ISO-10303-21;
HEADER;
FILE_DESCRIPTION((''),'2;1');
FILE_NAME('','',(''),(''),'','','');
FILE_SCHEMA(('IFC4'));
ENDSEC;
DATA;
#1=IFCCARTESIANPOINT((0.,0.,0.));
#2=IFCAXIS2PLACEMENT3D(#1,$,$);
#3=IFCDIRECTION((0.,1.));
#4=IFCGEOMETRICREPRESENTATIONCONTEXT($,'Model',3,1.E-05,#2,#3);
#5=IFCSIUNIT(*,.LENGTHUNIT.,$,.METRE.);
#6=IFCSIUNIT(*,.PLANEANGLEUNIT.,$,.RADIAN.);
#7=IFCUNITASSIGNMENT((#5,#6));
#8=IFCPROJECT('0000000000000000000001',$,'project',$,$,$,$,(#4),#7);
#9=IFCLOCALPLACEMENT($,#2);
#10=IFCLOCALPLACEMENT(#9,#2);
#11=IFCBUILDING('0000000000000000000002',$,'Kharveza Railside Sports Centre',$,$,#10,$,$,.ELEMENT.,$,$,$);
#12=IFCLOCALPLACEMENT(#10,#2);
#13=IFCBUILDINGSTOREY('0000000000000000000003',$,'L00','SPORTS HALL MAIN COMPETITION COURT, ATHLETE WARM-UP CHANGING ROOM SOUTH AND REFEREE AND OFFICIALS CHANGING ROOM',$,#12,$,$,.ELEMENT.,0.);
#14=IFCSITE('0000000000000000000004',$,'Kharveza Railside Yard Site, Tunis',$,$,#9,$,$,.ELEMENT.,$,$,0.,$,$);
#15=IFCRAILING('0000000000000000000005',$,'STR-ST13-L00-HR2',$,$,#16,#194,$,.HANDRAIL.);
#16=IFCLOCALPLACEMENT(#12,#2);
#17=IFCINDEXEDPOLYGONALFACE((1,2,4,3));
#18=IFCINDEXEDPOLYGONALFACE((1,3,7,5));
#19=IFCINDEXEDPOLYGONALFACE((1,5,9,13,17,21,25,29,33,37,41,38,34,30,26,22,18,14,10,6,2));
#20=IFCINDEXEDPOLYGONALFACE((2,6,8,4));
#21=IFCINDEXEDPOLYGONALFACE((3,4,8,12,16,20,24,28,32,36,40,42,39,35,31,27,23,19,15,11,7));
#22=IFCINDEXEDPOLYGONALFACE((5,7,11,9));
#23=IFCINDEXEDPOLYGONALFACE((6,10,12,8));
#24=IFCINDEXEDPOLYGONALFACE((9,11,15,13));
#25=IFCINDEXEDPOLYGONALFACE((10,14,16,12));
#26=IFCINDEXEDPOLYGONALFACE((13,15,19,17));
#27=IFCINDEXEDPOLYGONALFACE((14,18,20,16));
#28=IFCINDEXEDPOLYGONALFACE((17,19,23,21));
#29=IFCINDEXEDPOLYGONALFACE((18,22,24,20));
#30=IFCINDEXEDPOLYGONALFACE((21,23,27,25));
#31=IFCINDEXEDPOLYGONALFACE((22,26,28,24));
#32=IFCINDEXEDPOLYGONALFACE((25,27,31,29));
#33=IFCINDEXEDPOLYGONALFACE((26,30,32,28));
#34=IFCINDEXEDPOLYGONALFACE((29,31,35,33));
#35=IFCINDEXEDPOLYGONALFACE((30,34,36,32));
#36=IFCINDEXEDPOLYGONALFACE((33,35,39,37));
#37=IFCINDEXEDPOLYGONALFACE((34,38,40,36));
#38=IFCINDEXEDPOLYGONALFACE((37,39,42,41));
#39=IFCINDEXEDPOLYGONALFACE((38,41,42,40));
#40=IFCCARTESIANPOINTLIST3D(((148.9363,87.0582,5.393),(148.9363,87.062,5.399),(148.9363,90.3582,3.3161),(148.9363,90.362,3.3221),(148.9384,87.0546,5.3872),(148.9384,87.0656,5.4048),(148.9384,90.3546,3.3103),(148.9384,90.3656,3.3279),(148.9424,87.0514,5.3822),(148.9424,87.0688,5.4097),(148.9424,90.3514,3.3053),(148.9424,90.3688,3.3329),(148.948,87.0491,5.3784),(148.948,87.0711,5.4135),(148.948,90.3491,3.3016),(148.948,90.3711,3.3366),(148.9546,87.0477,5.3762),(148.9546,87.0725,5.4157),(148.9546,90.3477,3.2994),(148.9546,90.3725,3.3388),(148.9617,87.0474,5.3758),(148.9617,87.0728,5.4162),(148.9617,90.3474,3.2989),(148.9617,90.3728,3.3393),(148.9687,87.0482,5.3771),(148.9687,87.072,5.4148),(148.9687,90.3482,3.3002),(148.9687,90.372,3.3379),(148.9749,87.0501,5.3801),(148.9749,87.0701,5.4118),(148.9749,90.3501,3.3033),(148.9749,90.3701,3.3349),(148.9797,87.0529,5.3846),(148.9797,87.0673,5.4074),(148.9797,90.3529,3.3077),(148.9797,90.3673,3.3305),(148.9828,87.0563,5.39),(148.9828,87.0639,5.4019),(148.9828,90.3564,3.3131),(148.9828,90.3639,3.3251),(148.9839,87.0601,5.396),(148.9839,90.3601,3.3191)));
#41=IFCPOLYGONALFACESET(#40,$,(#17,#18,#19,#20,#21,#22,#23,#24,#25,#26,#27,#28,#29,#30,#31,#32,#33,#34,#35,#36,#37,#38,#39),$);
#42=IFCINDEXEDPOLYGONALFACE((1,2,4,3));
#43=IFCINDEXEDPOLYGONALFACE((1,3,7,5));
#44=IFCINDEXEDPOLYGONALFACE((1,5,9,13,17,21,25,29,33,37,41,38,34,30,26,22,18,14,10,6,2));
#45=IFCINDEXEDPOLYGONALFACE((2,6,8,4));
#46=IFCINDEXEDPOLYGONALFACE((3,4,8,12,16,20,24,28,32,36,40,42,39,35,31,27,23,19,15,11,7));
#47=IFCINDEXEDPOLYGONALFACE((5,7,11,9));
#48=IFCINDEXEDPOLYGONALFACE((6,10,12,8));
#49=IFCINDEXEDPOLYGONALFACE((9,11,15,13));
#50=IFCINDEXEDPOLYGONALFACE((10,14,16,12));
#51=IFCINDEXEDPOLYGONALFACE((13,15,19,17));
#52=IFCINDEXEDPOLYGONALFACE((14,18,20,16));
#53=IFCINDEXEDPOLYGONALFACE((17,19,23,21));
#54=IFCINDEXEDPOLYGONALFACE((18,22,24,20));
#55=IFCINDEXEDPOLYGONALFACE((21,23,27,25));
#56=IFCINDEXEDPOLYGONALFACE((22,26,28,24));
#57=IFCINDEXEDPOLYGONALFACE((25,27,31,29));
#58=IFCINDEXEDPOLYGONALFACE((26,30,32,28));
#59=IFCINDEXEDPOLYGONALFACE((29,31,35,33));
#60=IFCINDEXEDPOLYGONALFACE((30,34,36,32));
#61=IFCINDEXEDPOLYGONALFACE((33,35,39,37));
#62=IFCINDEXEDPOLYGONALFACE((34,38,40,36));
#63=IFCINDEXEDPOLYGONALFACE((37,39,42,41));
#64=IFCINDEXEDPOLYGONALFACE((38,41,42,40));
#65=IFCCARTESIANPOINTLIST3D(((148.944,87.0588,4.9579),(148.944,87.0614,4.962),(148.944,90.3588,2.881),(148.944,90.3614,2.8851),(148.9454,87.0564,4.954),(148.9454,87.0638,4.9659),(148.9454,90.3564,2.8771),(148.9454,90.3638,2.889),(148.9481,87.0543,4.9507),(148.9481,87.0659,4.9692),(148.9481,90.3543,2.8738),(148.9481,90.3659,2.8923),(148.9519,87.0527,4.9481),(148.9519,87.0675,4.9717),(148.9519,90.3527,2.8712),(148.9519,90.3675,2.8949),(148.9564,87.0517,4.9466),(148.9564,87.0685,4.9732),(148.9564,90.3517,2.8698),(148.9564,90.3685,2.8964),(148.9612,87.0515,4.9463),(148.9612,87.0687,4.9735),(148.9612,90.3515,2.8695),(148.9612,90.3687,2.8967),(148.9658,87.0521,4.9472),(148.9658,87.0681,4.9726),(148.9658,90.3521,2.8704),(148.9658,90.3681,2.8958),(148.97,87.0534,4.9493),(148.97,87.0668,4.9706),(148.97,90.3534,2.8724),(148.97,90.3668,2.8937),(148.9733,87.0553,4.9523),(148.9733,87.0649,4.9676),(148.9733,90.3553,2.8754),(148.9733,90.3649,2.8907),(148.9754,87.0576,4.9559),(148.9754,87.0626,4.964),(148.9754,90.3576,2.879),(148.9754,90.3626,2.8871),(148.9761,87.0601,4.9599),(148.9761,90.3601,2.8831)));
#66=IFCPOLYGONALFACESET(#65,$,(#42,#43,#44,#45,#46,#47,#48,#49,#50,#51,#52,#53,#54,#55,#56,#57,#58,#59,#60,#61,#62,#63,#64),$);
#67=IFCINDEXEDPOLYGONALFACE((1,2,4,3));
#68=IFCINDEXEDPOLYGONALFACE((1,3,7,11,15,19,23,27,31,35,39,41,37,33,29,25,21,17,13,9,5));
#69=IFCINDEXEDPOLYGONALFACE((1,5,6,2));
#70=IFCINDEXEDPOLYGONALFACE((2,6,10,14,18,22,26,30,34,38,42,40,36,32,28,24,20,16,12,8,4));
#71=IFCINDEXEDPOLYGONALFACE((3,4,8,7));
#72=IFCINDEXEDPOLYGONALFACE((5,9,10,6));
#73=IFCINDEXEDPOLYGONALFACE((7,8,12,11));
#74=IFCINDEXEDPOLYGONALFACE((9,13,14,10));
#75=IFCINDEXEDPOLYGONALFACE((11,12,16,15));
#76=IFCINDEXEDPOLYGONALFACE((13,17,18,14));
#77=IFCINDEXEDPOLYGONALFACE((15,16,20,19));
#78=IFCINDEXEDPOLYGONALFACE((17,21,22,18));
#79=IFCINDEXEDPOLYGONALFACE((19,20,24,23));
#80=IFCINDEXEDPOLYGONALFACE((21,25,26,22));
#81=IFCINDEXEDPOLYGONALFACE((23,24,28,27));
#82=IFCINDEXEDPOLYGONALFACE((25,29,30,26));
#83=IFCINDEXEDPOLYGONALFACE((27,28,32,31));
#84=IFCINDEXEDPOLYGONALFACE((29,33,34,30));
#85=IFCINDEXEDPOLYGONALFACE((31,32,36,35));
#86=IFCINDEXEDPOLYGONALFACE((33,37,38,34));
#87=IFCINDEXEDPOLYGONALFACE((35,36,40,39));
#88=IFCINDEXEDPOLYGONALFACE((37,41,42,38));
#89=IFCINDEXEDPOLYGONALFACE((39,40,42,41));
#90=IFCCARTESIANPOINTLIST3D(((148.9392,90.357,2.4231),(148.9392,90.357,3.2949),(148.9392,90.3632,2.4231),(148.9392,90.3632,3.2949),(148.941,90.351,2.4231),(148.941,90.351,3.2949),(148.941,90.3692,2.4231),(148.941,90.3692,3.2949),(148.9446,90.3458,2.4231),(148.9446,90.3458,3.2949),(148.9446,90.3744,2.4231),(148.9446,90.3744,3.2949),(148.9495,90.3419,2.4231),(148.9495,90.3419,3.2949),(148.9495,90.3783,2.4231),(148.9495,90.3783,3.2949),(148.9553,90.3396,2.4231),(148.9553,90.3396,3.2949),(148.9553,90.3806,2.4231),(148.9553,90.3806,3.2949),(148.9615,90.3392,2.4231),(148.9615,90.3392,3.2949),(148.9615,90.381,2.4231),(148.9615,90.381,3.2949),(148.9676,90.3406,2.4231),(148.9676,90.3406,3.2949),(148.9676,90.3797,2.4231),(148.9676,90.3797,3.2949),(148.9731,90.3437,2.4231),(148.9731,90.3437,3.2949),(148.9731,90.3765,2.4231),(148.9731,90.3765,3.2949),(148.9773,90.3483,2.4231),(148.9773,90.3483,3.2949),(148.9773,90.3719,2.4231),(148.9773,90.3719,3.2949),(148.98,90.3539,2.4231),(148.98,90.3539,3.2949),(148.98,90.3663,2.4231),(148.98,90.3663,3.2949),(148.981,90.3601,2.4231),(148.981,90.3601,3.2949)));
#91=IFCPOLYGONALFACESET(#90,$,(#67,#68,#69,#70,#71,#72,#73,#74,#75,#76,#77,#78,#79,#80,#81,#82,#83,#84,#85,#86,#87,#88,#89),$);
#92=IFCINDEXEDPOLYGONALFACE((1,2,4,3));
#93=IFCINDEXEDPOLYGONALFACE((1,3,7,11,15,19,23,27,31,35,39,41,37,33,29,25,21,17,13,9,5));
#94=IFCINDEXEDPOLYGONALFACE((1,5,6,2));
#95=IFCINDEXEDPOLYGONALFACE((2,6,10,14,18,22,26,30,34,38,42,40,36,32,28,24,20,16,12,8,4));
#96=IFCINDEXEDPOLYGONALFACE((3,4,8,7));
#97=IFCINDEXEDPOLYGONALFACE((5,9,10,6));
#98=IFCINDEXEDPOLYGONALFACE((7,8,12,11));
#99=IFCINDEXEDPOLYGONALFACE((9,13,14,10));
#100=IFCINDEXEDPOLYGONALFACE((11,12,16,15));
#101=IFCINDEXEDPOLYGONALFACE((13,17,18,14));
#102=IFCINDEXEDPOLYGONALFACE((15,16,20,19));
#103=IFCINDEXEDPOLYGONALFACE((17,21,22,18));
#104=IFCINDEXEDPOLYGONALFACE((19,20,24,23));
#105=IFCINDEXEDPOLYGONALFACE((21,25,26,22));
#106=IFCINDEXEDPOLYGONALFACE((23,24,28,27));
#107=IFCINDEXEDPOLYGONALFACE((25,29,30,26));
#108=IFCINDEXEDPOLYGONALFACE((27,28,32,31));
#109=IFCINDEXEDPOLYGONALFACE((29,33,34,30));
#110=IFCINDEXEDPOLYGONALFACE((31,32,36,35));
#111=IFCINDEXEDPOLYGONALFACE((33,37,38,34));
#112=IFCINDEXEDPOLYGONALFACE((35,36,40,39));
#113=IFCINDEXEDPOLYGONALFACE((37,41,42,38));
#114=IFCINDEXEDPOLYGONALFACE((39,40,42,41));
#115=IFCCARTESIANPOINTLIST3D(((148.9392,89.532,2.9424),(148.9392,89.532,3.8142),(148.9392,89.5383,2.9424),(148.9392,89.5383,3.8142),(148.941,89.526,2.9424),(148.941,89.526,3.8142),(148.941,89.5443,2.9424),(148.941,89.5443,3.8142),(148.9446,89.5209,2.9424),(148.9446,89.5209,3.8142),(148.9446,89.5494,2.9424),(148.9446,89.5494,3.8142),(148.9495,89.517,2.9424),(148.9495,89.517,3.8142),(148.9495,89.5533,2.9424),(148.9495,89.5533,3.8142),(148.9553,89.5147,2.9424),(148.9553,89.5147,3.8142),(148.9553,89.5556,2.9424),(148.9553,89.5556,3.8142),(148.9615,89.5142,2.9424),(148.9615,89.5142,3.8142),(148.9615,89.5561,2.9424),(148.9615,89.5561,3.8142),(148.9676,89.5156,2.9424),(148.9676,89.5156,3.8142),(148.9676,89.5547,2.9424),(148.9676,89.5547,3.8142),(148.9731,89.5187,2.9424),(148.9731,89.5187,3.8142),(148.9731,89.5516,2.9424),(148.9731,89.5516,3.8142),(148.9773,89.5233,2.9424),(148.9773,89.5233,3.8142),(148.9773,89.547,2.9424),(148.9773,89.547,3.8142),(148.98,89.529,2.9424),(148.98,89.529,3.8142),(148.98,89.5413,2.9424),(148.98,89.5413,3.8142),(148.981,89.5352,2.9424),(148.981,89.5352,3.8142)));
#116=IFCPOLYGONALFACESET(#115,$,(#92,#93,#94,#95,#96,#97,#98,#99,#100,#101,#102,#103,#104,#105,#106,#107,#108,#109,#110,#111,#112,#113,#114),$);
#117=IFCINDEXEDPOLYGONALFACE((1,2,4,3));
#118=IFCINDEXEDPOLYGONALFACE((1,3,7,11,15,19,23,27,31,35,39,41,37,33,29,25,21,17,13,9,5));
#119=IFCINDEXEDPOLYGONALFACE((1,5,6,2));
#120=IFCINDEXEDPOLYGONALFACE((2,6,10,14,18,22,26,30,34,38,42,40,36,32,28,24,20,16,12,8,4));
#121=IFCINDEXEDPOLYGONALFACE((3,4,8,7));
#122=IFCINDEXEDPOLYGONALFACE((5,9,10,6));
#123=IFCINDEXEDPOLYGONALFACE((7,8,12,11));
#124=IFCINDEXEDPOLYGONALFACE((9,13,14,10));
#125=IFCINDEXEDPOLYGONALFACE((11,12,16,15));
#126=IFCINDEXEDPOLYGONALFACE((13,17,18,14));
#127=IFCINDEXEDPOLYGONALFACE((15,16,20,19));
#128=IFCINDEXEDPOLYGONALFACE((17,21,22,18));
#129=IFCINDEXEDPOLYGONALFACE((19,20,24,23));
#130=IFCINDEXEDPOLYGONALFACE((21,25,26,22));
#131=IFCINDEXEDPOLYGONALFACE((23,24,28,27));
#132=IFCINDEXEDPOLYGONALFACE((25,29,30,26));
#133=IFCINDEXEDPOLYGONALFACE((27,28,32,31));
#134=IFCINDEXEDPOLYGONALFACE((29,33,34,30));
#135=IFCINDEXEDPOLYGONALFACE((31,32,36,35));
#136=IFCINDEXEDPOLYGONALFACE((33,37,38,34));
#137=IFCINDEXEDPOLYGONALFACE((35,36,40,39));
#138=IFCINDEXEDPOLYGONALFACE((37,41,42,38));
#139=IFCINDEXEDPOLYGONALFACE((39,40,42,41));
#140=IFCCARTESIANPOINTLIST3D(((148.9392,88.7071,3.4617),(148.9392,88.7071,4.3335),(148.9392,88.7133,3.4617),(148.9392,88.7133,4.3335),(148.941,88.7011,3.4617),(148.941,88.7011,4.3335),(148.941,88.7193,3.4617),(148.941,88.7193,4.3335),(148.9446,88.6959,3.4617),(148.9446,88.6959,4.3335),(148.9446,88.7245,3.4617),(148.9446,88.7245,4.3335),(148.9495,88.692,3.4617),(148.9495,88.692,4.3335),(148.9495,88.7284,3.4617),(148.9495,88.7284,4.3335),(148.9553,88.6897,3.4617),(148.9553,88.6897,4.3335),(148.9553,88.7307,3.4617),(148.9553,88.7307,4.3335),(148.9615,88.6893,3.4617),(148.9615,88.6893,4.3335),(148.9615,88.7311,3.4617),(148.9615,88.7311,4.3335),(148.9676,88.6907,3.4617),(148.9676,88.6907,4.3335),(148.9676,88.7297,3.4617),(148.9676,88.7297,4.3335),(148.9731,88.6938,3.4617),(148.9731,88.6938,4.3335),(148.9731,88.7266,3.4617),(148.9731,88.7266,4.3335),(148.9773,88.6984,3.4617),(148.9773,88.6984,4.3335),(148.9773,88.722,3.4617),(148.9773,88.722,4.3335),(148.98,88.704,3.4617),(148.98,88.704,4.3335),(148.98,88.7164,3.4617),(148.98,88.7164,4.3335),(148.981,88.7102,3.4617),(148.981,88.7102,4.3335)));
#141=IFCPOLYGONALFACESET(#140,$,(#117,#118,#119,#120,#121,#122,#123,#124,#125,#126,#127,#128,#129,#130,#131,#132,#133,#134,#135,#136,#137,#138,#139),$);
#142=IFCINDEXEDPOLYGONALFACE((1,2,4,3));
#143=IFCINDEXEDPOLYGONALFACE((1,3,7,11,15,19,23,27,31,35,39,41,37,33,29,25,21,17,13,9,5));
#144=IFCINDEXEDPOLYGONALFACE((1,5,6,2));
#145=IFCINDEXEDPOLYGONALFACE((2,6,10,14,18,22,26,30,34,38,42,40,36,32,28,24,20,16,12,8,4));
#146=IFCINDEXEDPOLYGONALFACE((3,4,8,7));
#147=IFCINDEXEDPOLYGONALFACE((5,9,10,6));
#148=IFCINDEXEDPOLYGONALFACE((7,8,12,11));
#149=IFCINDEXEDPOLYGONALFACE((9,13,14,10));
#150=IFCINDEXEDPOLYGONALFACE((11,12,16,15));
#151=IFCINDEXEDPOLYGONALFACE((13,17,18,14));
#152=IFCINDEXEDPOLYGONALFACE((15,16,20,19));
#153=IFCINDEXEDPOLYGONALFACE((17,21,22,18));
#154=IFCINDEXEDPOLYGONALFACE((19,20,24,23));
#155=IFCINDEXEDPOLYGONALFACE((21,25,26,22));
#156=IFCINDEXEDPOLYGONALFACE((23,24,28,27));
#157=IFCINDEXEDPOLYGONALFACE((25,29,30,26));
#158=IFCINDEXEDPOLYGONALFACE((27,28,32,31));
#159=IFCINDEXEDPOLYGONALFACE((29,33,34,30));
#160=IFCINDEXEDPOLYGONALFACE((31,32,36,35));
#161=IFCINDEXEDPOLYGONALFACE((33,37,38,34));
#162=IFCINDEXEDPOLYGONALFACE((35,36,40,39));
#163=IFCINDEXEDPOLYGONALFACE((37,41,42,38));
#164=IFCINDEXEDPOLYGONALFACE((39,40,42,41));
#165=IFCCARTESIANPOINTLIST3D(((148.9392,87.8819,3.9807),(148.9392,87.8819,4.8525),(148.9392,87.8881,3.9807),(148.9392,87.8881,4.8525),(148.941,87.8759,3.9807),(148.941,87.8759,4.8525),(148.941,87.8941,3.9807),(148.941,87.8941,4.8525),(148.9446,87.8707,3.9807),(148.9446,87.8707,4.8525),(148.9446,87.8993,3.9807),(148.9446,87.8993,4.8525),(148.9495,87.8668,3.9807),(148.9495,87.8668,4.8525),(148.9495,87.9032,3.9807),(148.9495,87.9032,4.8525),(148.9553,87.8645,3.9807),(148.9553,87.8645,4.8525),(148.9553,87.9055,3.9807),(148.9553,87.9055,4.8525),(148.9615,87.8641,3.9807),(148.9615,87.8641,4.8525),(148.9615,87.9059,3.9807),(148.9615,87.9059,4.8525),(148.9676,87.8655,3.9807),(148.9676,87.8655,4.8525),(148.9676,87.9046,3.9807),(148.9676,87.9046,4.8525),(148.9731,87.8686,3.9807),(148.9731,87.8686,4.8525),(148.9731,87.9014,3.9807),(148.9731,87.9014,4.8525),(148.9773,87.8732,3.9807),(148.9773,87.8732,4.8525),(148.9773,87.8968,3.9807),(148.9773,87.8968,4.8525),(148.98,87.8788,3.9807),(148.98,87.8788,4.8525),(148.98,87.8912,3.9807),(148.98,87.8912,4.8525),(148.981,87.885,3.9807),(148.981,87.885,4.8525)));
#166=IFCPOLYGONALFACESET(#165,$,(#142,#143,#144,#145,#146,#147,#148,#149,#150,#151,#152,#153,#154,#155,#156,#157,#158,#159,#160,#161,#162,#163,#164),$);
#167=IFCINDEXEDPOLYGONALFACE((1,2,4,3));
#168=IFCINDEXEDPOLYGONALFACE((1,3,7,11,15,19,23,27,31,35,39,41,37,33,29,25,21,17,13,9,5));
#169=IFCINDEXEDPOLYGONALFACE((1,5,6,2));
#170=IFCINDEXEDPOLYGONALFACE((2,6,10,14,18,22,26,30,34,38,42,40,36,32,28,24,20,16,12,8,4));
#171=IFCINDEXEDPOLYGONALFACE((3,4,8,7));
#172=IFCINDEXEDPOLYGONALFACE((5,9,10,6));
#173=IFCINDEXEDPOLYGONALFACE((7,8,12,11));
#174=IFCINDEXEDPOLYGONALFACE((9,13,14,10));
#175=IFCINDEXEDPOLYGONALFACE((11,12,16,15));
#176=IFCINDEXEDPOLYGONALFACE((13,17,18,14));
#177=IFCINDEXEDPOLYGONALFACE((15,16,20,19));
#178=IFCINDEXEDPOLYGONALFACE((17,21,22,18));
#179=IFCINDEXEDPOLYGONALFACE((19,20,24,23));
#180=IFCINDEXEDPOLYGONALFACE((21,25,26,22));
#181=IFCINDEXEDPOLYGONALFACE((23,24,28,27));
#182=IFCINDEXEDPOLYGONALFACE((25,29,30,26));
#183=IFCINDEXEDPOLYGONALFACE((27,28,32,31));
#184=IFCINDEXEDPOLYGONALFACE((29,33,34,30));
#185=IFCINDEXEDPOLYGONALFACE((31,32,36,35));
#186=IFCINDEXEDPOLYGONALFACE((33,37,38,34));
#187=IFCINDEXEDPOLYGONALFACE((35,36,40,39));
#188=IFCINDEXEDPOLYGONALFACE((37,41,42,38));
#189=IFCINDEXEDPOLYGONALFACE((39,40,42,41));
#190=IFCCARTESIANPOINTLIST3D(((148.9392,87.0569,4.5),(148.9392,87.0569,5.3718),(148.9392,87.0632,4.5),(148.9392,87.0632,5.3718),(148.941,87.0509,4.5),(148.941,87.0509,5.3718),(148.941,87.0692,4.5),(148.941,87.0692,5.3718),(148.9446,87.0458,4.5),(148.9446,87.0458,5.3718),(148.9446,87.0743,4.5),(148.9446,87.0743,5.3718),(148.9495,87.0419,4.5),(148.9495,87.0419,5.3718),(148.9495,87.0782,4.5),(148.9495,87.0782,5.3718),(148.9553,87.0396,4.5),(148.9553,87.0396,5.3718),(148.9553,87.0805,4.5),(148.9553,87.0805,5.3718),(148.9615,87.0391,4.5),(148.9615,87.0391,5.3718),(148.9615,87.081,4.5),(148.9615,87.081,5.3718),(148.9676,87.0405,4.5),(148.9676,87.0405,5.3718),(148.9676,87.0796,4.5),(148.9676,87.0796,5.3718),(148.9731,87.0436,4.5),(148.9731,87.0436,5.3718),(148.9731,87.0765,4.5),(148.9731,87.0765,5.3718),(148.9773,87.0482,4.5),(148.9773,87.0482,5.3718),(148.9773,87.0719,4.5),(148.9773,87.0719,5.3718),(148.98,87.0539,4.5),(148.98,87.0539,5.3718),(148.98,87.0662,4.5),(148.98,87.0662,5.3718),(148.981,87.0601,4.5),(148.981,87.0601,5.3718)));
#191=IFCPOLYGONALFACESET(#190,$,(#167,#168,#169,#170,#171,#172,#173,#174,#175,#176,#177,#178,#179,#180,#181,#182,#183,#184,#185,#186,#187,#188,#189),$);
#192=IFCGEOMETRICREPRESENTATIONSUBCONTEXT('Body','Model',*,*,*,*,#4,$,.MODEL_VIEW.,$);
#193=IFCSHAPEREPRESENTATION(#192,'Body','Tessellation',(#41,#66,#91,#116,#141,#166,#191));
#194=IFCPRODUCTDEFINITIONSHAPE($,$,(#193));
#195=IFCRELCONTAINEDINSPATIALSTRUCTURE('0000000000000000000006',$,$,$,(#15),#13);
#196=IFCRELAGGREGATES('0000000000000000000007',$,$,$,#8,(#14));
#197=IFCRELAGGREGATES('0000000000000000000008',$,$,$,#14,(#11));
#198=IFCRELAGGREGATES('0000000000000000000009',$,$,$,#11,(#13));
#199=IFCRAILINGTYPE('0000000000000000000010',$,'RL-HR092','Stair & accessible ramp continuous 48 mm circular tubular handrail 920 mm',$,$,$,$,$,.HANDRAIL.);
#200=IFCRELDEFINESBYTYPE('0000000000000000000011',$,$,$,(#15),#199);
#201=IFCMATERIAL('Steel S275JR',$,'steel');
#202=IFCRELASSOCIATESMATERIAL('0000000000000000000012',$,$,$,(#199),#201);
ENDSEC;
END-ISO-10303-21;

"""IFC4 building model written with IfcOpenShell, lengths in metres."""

from ifc_helpers import new_model, si_unit, direction, frame, origin, origin_2d, place, context, subcontext, project, spatial, circle, extrude, material, type_object, element, save


model = new_model("IFC4")

# Units and contexts
model_context = context("Model", 3, precision=1e-05, world=origin(), true_north=direction((0.0, 1.0)))
body_context = subcontext(model_context, "Body", "Model", "MODEL_VIEW")
ifc_project = project(units=[si_unit("LENGTHUNIT", "METRE"), si_unit("PLANEANGLEUNIT", "RADIAN")], contexts=[model_context])

# Site, building, storey
site_placement = place(None, origin())
site = spatial("IfcSite", under=ifc_project, at=site_placement, Name="Kharveza Railside Yard Site, Tunis", CompositionType="ELEMENT", RefElevation=0.0)
building_placement = place(site_placement, origin())
building = spatial("IfcBuilding", under=site, at=building_placement, Name="Kharveza Railside Sports Centre", CompositionType="ELEMENT")
storey_placement = place(building_placement, origin())
storey = spatial("IfcBuildingStorey", under=building, at=storey_placement, Name="L00", Description="SPORTS HALL MAIN COMPETITION COURT, ATHLETE WARM-UP CHANGING ROOM SOUTH AND REFEREE AND OFFICIALS CHANGING ROOM", CompositionType="ELEMENT", Elevation=0.0)

# Railing
ifc_material_1 = material(Name="Steel S275JR", Category="steel")
railing_type_1 = type_object("IfcRailingType", Name="RL-HR092", Description="Stair & accessible ramp continuous 48 mm circular tubular handrail 920 mm", PredefinedType="HANDRAIL", material=ifc_material_1)
railing_1_placement = place(storey_placement, frame((148.96, 90.3601, 2.4231)))
element("IfcRailing", 1, at=railing_1_placement, inside=storey, type_object=railing_type_1, Name="STR-ST13-L00-HR2", PredefinedType="HANDRAIL", context=body_context, shape_type="SweptSolid", body=[
    extrude(circle(Radius=0.0239, at=origin_2d()), frame((0.0, 0.0, 0.896), z_axis=(0.0, -0.846337, 0.532647), x_axis=(1.0, 0.0, 0.0)), (0.0, 0.0, 1.0), 3.8992),
    extrude(circle(Radius=0.0161, at=origin_2d()), frame((0.0, 0.0, 0.46), z_axis=(0.0, -0.846337, 0.532647), x_axis=(1.0, 0.0, 0.0)), (0.0, 0.0, 1.0), 3.8992),
    extrude(circle(Radius=0.021, at=origin_2d()), origin(), (0.0, 0.0, 1.0), 0.8718),
    extrude(circle(Radius=0.021, at=origin_2d()), frame((0.0, -0.825, 0.5193)), (0.0, 0.0, 1.0), 0.8718),
    extrude(circle(Radius=0.021, at=origin_2d()), frame((0.0, -1.6499, 1.0386)), (0.0, 0.0, 1.0), 0.8718),
    extrude(circle(Radius=0.021, at=origin_2d()), frame((0.0, -2.4751, 1.5576)), (0.0, 0.0, 1.0), 0.8718),
    extrude(circle(Radius=0.021, at=origin_2d()), frame((0.0, -3.3, 2.0769)), (0.0, 0.0, 1.0), 0.8718),
])

save(model, "model.ifc")
